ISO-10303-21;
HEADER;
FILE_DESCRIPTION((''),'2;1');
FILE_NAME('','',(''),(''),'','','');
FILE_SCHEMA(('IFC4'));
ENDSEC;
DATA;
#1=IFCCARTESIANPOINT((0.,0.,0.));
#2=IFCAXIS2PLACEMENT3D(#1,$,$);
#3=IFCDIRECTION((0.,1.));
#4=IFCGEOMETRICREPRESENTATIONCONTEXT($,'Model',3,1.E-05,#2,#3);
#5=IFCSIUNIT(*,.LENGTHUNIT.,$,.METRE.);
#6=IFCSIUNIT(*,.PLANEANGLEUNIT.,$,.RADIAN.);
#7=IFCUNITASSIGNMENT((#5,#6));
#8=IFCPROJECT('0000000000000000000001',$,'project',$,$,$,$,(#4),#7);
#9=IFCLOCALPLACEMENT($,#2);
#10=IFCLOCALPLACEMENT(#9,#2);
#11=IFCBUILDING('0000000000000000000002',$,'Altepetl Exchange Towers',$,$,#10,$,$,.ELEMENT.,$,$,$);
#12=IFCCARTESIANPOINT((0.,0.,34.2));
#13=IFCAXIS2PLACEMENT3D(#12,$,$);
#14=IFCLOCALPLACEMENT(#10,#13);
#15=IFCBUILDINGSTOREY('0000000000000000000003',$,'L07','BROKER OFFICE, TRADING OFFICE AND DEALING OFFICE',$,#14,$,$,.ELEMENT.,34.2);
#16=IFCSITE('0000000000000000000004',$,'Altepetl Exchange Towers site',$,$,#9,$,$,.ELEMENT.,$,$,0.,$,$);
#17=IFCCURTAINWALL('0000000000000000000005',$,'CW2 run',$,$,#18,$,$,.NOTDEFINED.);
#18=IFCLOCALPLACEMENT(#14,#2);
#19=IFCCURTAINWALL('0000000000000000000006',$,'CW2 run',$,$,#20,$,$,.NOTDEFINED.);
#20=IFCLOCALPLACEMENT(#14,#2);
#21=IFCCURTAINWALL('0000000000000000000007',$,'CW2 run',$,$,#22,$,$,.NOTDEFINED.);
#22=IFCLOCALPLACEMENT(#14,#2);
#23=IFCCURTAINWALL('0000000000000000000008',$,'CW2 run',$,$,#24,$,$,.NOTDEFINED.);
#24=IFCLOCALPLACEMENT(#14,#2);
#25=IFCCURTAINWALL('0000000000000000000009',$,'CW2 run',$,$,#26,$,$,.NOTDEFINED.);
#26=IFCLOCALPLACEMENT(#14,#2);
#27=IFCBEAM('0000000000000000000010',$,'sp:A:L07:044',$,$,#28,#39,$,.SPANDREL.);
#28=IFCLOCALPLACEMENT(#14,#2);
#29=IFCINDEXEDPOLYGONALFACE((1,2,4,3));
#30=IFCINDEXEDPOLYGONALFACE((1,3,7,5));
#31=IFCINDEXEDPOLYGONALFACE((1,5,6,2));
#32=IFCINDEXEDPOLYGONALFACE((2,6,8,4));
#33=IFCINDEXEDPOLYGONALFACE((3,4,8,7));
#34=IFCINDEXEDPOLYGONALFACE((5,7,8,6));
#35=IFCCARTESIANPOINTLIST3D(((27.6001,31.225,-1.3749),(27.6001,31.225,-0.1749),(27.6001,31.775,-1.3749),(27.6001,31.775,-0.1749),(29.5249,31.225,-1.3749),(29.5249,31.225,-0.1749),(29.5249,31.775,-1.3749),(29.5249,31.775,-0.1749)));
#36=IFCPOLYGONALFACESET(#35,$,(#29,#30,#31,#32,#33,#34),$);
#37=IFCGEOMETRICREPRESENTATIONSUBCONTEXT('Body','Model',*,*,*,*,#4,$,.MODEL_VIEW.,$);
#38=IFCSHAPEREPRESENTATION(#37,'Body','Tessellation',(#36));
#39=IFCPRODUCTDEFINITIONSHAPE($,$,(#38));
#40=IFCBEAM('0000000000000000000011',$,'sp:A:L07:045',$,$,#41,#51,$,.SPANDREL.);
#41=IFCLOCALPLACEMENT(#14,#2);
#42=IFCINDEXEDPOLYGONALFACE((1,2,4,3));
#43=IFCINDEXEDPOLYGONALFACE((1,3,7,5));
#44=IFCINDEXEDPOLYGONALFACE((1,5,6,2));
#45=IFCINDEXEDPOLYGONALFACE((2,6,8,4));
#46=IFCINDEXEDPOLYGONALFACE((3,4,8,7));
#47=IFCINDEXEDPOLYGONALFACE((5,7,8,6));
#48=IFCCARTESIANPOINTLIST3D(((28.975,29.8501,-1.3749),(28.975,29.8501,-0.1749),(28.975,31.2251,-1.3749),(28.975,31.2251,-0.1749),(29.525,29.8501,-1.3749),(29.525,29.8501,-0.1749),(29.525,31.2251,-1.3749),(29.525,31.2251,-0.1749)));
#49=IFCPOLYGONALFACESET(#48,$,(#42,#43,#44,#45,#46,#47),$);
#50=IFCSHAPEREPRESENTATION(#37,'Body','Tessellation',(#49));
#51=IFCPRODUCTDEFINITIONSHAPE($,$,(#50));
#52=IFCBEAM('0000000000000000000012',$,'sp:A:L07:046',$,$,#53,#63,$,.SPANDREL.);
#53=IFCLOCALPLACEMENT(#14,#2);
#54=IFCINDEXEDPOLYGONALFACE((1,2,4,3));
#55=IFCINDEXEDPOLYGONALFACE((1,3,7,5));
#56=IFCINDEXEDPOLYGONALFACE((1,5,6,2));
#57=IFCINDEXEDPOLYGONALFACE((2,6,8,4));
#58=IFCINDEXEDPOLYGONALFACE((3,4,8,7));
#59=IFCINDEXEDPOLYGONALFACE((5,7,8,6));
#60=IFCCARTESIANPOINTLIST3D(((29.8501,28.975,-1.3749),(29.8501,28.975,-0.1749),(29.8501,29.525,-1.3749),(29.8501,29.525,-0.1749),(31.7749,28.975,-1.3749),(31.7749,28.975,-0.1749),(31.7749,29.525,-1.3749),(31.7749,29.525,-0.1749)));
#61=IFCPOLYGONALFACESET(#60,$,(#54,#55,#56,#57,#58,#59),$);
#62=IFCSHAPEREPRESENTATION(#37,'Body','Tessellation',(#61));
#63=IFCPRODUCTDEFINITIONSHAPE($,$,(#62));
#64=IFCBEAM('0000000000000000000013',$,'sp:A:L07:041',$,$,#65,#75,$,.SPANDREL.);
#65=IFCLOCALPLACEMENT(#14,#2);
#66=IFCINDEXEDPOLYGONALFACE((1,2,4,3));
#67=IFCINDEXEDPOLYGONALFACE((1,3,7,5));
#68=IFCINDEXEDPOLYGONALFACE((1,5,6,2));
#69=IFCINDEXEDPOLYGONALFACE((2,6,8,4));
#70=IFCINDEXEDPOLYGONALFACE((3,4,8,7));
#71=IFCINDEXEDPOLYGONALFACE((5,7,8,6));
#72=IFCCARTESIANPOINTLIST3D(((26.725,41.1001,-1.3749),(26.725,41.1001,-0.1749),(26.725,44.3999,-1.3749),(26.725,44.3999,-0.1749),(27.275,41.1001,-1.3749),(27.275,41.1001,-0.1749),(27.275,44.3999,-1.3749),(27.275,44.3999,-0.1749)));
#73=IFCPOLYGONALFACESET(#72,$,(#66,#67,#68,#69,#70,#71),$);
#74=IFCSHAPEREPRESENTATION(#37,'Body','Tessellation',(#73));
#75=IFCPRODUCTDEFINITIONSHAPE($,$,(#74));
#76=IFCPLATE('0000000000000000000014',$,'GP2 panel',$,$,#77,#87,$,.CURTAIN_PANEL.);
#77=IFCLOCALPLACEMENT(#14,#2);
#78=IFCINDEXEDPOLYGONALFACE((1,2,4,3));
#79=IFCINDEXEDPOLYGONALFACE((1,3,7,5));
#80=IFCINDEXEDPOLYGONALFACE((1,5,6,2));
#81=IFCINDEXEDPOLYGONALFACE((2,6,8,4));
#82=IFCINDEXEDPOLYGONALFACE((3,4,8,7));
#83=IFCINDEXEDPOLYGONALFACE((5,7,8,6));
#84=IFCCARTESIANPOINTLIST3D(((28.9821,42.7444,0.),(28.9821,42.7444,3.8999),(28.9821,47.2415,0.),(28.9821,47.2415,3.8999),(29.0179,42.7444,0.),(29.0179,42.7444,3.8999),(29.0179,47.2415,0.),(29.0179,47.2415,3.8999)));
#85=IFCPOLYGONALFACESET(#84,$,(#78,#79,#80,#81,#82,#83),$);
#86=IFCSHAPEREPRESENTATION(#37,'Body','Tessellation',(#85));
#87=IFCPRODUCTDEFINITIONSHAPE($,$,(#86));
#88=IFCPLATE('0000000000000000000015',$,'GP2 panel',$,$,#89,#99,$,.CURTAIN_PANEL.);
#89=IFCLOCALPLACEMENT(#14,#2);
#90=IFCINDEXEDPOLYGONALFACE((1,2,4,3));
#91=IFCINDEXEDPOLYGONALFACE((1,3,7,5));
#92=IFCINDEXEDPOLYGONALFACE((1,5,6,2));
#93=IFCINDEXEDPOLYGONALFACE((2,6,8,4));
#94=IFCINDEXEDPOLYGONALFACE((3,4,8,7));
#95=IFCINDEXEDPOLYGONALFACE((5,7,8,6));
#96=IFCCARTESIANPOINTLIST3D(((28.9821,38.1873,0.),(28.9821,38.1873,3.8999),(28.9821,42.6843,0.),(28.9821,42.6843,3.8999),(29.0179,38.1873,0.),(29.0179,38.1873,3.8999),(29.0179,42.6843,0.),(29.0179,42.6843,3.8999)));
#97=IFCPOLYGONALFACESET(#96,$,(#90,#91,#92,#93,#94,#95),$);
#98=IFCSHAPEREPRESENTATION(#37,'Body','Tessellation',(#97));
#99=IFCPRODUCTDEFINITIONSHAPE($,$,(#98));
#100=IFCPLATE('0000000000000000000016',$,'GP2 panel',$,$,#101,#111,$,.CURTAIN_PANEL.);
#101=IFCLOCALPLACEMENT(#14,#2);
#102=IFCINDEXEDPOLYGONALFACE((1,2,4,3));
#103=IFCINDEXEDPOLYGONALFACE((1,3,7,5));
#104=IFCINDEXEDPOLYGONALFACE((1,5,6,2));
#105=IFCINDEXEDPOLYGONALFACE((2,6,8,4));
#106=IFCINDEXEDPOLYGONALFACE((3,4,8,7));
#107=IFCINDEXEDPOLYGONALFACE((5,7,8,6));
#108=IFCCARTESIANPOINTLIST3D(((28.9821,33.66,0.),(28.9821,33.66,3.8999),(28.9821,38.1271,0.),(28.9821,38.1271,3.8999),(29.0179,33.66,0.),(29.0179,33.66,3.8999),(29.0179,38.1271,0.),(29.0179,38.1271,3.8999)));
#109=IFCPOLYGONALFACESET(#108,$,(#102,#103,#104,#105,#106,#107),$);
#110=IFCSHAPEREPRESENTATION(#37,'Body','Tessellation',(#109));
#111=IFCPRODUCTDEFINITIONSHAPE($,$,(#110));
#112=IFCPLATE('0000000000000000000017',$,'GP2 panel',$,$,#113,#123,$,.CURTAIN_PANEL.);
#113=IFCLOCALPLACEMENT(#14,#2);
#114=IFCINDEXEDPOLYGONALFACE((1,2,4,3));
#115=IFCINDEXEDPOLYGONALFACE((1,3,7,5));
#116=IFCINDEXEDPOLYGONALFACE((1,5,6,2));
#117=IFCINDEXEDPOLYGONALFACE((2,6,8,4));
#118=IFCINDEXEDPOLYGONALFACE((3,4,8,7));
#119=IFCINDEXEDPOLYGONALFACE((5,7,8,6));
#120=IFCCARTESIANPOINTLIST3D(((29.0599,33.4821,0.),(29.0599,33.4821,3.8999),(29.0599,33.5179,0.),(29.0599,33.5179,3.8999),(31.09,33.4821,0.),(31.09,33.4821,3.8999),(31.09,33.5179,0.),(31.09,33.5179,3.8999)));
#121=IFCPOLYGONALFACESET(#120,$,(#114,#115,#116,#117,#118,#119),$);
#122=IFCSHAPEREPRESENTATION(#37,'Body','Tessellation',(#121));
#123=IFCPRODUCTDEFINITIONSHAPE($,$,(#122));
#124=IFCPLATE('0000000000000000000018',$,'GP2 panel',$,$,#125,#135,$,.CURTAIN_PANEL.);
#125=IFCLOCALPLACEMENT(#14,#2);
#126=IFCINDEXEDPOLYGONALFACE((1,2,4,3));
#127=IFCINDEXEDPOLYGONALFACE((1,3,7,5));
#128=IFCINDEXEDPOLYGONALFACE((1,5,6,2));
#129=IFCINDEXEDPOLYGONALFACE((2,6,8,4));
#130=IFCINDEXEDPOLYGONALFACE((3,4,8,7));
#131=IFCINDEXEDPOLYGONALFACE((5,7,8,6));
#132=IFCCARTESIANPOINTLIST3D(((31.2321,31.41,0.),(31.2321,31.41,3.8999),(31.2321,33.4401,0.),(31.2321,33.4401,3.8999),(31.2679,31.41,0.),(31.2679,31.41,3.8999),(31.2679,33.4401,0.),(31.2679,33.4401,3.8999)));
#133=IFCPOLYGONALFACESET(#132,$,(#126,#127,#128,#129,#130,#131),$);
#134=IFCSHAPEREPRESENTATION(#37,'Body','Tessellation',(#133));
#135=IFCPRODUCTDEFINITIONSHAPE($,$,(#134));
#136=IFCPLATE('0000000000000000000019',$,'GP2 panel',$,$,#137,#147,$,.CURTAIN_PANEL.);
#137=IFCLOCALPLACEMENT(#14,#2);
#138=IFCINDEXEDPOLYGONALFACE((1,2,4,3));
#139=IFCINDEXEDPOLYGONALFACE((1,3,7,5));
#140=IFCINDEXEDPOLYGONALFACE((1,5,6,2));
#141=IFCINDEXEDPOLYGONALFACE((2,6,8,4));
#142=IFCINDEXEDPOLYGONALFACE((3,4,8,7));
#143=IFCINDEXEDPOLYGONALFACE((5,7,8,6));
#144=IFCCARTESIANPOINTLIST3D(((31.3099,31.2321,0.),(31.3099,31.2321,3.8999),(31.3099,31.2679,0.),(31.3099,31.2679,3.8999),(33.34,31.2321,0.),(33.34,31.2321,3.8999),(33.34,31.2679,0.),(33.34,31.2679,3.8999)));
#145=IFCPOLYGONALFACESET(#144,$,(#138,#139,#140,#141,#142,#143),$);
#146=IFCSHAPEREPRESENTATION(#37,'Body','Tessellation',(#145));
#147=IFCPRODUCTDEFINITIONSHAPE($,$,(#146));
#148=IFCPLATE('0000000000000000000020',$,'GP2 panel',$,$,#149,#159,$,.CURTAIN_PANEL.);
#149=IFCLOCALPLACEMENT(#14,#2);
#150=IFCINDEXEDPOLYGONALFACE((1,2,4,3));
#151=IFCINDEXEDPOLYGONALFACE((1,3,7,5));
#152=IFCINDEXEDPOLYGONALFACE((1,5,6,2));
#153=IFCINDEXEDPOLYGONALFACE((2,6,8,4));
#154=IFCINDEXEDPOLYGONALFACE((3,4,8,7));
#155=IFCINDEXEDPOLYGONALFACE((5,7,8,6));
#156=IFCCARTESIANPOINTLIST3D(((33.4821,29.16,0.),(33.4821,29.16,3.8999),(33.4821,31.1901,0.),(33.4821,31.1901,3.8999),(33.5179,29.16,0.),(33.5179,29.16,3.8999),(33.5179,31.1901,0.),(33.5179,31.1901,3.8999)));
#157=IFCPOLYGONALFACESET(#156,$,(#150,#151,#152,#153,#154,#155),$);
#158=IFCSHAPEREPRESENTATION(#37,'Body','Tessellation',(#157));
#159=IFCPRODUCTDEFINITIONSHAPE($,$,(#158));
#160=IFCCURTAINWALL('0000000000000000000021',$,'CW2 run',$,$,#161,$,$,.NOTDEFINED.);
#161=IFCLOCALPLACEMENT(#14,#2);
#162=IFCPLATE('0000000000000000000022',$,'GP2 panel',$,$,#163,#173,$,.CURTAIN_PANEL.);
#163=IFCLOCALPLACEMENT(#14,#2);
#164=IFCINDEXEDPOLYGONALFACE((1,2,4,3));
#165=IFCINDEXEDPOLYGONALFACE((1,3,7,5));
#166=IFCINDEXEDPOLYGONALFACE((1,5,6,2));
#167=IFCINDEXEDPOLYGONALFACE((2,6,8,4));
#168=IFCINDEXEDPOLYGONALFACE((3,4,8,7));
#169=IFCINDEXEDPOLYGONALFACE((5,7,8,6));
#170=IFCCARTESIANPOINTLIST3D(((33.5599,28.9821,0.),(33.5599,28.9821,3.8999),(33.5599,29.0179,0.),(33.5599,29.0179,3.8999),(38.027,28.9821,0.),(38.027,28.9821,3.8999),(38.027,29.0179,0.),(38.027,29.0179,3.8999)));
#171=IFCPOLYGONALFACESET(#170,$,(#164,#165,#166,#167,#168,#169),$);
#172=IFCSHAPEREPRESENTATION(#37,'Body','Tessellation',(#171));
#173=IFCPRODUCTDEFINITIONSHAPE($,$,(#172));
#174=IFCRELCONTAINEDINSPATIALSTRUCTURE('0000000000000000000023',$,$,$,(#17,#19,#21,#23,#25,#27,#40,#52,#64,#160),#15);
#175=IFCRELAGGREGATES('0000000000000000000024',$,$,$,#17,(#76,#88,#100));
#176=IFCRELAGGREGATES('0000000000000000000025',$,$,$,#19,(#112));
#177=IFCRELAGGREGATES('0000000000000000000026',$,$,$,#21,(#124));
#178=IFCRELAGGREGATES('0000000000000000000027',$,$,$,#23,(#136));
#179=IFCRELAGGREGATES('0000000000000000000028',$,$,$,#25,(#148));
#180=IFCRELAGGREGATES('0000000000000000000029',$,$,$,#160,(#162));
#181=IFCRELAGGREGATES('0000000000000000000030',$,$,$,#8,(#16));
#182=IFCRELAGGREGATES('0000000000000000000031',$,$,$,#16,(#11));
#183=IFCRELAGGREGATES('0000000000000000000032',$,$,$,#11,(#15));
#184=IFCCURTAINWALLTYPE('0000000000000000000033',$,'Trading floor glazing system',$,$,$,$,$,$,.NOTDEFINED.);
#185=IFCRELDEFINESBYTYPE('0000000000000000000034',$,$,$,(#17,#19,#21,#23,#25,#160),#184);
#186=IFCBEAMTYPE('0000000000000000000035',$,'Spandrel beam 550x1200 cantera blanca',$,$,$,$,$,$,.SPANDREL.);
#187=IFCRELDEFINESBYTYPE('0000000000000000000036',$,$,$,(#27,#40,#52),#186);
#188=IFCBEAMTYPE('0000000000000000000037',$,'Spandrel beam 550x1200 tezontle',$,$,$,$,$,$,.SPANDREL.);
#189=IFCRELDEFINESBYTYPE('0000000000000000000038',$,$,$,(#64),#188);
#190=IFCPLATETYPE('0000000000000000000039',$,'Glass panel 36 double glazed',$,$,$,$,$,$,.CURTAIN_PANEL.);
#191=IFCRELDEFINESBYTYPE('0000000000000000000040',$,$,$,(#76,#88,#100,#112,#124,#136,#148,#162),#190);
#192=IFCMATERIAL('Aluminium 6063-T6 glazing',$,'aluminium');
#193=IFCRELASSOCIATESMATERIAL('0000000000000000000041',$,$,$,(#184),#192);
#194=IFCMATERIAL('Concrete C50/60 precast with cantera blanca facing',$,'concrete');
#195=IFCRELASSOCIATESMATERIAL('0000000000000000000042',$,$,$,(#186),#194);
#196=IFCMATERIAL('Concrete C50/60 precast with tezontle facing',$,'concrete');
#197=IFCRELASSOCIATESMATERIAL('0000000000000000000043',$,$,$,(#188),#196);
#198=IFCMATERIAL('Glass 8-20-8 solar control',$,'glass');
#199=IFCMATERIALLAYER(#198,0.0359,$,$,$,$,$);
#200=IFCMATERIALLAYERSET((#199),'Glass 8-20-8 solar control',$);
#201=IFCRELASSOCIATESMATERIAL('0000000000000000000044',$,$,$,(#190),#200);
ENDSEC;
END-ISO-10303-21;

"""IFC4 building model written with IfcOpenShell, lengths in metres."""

from ifc_helpers import new_model, si_unit, direction, frame, origin, origin_2d, place, context, subcontext, project, spatial, rectangle, extrude, material, layer, layer_set, material_profile, profile_set, type_object, element, aggregate, save


model = new_model("IFC4")

# Units and contexts
model_context = context("Model", 3, precision=1e-05, world=origin(), true_north=direction((0.0, 1.0)))
body_context = subcontext(model_context, "Body", "Model", "MODEL_VIEW")
ifc_project = project(units=[si_unit("LENGTHUNIT", "METRE"), si_unit("PLANEANGLEUNIT", "RADIAN")], contexts=[model_context])

# Site, building, storey
site_placement = place(None, origin())
site = spatial("IfcSite", under=ifc_project, at=site_placement, Name="Altepetl Exchange Towers site", CompositionType="ELEMENT", RefElevation=0.0)
building_placement = place(site_placement, origin())
building = spatial("IfcBuilding", under=site, at=building_placement, Name="Altepetl Exchange Towers", CompositionType="ELEMENT")
storey_placement = place(building_placement, frame((0.0, 0.0, 34.2)))
storey = spatial("IfcBuildingStorey", under=building, at=storey_placement, Name="L07", Description="BROKER OFFICE, TRADING OFFICE AND DEALING OFFICE", CompositionType="ELEMENT", Elevation=34.2)

# Curtain walls
ifc_material_1 = material(Name="Aluminium 6063-T6 glazing", Category="aluminium")
curtain_wall_type = type_object("IfcCurtainWallType", Name="Trading floor glazing system", PredefinedType="NOTDEFINED", material=ifc_material_1)
curtain_wall_1_placement = place(storey_placement, origin())
curtain_wall_1 = element("IfcCurtainWall", 1, at=curtain_wall_1_placement, inside=storey, type_object=curtain_wall_type, Name="CW2 run", PredefinedType="NOTDEFINED")
curtain_wall_2_placement = place(storey_placement, origin())
curtain_wall_2 = element("IfcCurtainWall", 2, at=curtain_wall_2_placement, inside=storey, type_object=curtain_wall_type, Name="CW2 run", PredefinedType="NOTDEFINED")
curtain_wall_3_placement = place(storey_placement, origin())
curtain_wall_3 = element("IfcCurtainWall", 3, at=curtain_wall_3_placement, inside=storey, type_object=curtain_wall_type, Name="CW2 run", PredefinedType="NOTDEFINED")
curtain_wall_4_placement = place(storey_placement, origin())
curtain_wall_4 = element("IfcCurtainWall", 4, at=curtain_wall_4_placement, inside=storey, type_object=curtain_wall_type, Name="CW2 run", PredefinedType="NOTDEFINED")
curtain_wall_5_placement = place(storey_placement, origin())
curtain_wall_5 = element("IfcCurtainWall", 5, at=curtain_wall_5_placement, inside=storey, type_object=curtain_wall_type, Name="CW2 run", PredefinedType="NOTDEFINED")

# Beams
ifc_material_2 = material(Name="Concrete C50/60 precast with cantera blanca facing", Category="concrete")
ifc_material_profile_1 = material_profile(ifc_material_2, rectangle(XDim=0.55, YDim=1.2, at=origin_2d()), Name="550 x 1200")
ifc_profile_set_1 = profile_set([ifc_material_profile_1], Name="Concrete C50/60 precast with cantera blanca facing")
beam_type_1 = type_object("IfcBeamType", Name="Spandrel beam 550x1200 cantera blanca", PredefinedType="SPANDREL", material=ifc_profile_set_1)
beam_1_placement = place(storey_placement, frame((27.6001, 31.5, -0.7749), z_axis=(1.0, 0.0, 0.0), x_axis=(0.0, 1.0, 0.0)))
element("IfcBeam", 6, at=beam_1_placement, inside=storey, type_object=beam_type_1, Name="sp:A:L07:044", PredefinedType="SPANDREL", context=body_context, shape_type="SweptSolid", body=[
    extrude(rectangle(XDim=0.55, YDim=1.2, at=origin_2d()), origin(), (0.0, 0.0, 1.0), 1.9248),
])
beam_2_placement = place(storey_placement, frame((29.25, 31.2251, -0.7749), z_axis=(0.0, -1.0, 0.0), x_axis=(1.0, 0.0, 0.0)))
element("IfcBeam", 7, at=beam_2_placement, inside=storey, type_object=beam_type_1, Name="sp:A:L07:045", PredefinedType="SPANDREL", context=body_context, shape_type="SweptSolid", body=[
    extrude(rectangle(XDim=0.55, YDim=1.2, at=origin_2d()), origin(), (0.0, 0.0, 1.0), 1.375),
])
beam_3_placement = place(storey_placement, frame((29.8501, 29.25, -0.7749), z_axis=(1.0, 0.0, 0.0), x_axis=(0.0, 1.0, 0.0)))
element("IfcBeam", 8, at=beam_3_placement, inside=storey, type_object=beam_type_1, Name="sp:A:L07:046", PredefinedType="SPANDREL", context=body_context, shape_type="SweptSolid", body=[
    extrude(rectangle(XDim=0.55, YDim=1.2, at=origin_2d()), origin(), (0.0, 0.0, 1.0), 1.9248),
])
ifc_material_3 = material(Name="Concrete C50/60 precast with tezontle facing", Category="concrete")
ifc_material_profile_2 = material_profile(ifc_material_3, rectangle(XDim=0.55, YDim=1.2, at=origin_2d()), Name="550 x 1200")
ifc_profile_set_2 = profile_set([ifc_material_profile_2], Name="Concrete C50/60 precast with tezontle facing")
beam_type_2 = type_object("IfcBeamType", Name="Spandrel beam 550x1200 tezontle", PredefinedType="SPANDREL", material=ifc_profile_set_2)
beam_4_placement = place(storey_placement, frame((27.0, 44.3999, -0.7749), z_axis=(0.0, -1.0, 0.0), x_axis=(1.0, 0.0, 0.0)))
element("IfcBeam", 9, at=beam_4_placement, inside=storey, type_object=beam_type_2, Name="sp:A:L07:041", PredefinedType="SPANDREL", context=body_context, shape_type="SweptSolid", body=[
    extrude(rectangle(XDim=0.55, YDim=1.2, at=origin_2d()), origin(), (0.0, 0.0, 1.0), 3.2998),
])

# Plates
ifc_material_4 = material(Name="Glass 8-20-8 solar control", Category="glass")
ifc_layer = layer(ifc_material_4, 0.0359)
ifc_layer_set = layer_set([ifc_layer], Name="Glass 8-20-8 solar control")
plate_type = type_object("IfcPlateType", Name="Glass panel 36 double glazed", PredefinedType="CURTAIN_PANEL", material=ifc_layer_set)
plate_1_placement = place(storey_placement, frame((29.0, 44.9929, 0.0), z_axis=(0.0, 0.0, 1.0), x_axis=(0.0, -1.0, 0.0)))
plate_1 = element("IfcPlate", 10, at=plate_1_placement, type_object=plate_type, Name="GP2 panel", PredefinedType="CURTAIN_PANEL", context=body_context, shape_type="SweptSolid", body=[
    extrude(rectangle(XDim=4.4971, YDim=0.0359, at=origin_2d()), origin(), (0.0, 0.0, 1.0), 3.8999),
])
plate_2_placement = place(storey_placement, frame((29.0, 40.4358, 0.0), z_axis=(0.0, 0.0, 1.0), x_axis=(0.0, -1.0, 0.0)))
plate_2 = element("IfcPlate", 11, at=plate_2_placement, type_object=plate_type, Name="GP2 panel", PredefinedType="CURTAIN_PANEL", context=body_context, shape_type="SweptSolid", body=[
    extrude(rectangle(XDim=4.4971, YDim=0.0359, at=origin_2d()), origin(), (0.0, 0.0, 1.0), 3.8999),
])
plate_3_placement = place(storey_placement, frame((29.0, 35.8936, 0.0), z_axis=(0.0, 0.0, 1.0), x_axis=(0.0, -1.0, 0.0)))
plate_3 = element("IfcPlate", 12, at=plate_3_placement, type_object=plate_type, Name="GP2 panel", PredefinedType="CURTAIN_PANEL", context=body_context, shape_type="SweptSolid", body=[
    extrude(rectangle(XDim=4.467, YDim=0.0359, at=origin_2d()), origin(), (0.0, 0.0, 1.0), 3.8999),
])
aggregate(curtain_wall_1, [plate_1, plate_2, plate_3])
plate_4_placement = place(storey_placement, frame((30.075, 33.5, 0.0)))
plate_4 = element("IfcPlate", 13, at=plate_4_placement, type_object=plate_type, Name="GP2 panel", PredefinedType="CURTAIN_PANEL", context=body_context, shape_type="SweptSolid", body=[
    extrude(rectangle(XDim=2.03, YDim=0.0359, at=origin_2d()), origin(), (0.0, 0.0, 1.0), 3.8999),
])
aggregate(curtain_wall_2, [plate_4])
plate_5_placement = place(storey_placement, frame((31.25, 32.425, 0.0), z_axis=(0.0, 0.0, 1.0), x_axis=(0.0, -1.0, 0.0)))
plate_5 = element("IfcPlate", 14, at=plate_5_placement, type_object=plate_type, Name="GP2 panel", PredefinedType="CURTAIN_PANEL", context=body_context, shape_type="SweptSolid", body=[
    extrude(rectangle(XDim=2.03, YDim=0.0359, at=origin_2d()), origin(), (0.0, 0.0, 1.0), 3.8999),
])
aggregate(curtain_wall_3, [plate_5])
plate_6_placement = place(storey_placement, frame((32.325, 31.25, 0.0)))
plate_6 = element("IfcPlate", 15, at=plate_6_placement, type_object=plate_type, Name="GP2 panel", PredefinedType="CURTAIN_PANEL", context=body_context, shape_type="SweptSolid", body=[
    extrude(rectangle(XDim=2.03, YDim=0.0359, at=origin_2d()), origin(), (0.0, 0.0, 1.0), 3.8999),
])
aggregate(curtain_wall_4, [plate_6])
plate_7_placement = place(storey_placement, frame((33.5, 30.175, 0.0), z_axis=(0.0, 0.0, 1.0), x_axis=(0.0, -1.0, 0.0)))
plate_7 = element("IfcPlate", 16, at=plate_7_placement, type_object=plate_type, Name="GP2 panel", PredefinedType="CURTAIN_PANEL", context=body_context, shape_type="SweptSolid", body=[
    extrude(rectangle(XDim=2.03, YDim=0.0359, at=origin_2d()), origin(), (0.0, 0.0, 1.0), 3.8999),
])
aggregate(curtain_wall_5, [plate_7])

# Curtain wall, plate
curtain_wall_6_placement = place(storey_placement, origin())
curtain_wall_6 = element("IfcCurtainWall", 17, at=curtain_wall_6_placement, inside=storey, type_object=curtain_wall_type, Name="CW2 run", PredefinedType="NOTDEFINED")
plate_8_placement = place(storey_placement, frame((35.7935, 29.0, 0.0)))
plate_8 = element("IfcPlate", 18, at=plate_8_placement, type_object=plate_type, Name="GP2 panel", PredefinedType="CURTAIN_PANEL", context=body_context, shape_type="SweptSolid", body=[
    extrude(rectangle(XDim=4.467, YDim=0.0359, at=origin_2d()), origin(), (0.0, 0.0, 1.0), 3.8999),
])
aggregate(curtain_wall_6, [plate_8])

save(model, "model.ifc")
